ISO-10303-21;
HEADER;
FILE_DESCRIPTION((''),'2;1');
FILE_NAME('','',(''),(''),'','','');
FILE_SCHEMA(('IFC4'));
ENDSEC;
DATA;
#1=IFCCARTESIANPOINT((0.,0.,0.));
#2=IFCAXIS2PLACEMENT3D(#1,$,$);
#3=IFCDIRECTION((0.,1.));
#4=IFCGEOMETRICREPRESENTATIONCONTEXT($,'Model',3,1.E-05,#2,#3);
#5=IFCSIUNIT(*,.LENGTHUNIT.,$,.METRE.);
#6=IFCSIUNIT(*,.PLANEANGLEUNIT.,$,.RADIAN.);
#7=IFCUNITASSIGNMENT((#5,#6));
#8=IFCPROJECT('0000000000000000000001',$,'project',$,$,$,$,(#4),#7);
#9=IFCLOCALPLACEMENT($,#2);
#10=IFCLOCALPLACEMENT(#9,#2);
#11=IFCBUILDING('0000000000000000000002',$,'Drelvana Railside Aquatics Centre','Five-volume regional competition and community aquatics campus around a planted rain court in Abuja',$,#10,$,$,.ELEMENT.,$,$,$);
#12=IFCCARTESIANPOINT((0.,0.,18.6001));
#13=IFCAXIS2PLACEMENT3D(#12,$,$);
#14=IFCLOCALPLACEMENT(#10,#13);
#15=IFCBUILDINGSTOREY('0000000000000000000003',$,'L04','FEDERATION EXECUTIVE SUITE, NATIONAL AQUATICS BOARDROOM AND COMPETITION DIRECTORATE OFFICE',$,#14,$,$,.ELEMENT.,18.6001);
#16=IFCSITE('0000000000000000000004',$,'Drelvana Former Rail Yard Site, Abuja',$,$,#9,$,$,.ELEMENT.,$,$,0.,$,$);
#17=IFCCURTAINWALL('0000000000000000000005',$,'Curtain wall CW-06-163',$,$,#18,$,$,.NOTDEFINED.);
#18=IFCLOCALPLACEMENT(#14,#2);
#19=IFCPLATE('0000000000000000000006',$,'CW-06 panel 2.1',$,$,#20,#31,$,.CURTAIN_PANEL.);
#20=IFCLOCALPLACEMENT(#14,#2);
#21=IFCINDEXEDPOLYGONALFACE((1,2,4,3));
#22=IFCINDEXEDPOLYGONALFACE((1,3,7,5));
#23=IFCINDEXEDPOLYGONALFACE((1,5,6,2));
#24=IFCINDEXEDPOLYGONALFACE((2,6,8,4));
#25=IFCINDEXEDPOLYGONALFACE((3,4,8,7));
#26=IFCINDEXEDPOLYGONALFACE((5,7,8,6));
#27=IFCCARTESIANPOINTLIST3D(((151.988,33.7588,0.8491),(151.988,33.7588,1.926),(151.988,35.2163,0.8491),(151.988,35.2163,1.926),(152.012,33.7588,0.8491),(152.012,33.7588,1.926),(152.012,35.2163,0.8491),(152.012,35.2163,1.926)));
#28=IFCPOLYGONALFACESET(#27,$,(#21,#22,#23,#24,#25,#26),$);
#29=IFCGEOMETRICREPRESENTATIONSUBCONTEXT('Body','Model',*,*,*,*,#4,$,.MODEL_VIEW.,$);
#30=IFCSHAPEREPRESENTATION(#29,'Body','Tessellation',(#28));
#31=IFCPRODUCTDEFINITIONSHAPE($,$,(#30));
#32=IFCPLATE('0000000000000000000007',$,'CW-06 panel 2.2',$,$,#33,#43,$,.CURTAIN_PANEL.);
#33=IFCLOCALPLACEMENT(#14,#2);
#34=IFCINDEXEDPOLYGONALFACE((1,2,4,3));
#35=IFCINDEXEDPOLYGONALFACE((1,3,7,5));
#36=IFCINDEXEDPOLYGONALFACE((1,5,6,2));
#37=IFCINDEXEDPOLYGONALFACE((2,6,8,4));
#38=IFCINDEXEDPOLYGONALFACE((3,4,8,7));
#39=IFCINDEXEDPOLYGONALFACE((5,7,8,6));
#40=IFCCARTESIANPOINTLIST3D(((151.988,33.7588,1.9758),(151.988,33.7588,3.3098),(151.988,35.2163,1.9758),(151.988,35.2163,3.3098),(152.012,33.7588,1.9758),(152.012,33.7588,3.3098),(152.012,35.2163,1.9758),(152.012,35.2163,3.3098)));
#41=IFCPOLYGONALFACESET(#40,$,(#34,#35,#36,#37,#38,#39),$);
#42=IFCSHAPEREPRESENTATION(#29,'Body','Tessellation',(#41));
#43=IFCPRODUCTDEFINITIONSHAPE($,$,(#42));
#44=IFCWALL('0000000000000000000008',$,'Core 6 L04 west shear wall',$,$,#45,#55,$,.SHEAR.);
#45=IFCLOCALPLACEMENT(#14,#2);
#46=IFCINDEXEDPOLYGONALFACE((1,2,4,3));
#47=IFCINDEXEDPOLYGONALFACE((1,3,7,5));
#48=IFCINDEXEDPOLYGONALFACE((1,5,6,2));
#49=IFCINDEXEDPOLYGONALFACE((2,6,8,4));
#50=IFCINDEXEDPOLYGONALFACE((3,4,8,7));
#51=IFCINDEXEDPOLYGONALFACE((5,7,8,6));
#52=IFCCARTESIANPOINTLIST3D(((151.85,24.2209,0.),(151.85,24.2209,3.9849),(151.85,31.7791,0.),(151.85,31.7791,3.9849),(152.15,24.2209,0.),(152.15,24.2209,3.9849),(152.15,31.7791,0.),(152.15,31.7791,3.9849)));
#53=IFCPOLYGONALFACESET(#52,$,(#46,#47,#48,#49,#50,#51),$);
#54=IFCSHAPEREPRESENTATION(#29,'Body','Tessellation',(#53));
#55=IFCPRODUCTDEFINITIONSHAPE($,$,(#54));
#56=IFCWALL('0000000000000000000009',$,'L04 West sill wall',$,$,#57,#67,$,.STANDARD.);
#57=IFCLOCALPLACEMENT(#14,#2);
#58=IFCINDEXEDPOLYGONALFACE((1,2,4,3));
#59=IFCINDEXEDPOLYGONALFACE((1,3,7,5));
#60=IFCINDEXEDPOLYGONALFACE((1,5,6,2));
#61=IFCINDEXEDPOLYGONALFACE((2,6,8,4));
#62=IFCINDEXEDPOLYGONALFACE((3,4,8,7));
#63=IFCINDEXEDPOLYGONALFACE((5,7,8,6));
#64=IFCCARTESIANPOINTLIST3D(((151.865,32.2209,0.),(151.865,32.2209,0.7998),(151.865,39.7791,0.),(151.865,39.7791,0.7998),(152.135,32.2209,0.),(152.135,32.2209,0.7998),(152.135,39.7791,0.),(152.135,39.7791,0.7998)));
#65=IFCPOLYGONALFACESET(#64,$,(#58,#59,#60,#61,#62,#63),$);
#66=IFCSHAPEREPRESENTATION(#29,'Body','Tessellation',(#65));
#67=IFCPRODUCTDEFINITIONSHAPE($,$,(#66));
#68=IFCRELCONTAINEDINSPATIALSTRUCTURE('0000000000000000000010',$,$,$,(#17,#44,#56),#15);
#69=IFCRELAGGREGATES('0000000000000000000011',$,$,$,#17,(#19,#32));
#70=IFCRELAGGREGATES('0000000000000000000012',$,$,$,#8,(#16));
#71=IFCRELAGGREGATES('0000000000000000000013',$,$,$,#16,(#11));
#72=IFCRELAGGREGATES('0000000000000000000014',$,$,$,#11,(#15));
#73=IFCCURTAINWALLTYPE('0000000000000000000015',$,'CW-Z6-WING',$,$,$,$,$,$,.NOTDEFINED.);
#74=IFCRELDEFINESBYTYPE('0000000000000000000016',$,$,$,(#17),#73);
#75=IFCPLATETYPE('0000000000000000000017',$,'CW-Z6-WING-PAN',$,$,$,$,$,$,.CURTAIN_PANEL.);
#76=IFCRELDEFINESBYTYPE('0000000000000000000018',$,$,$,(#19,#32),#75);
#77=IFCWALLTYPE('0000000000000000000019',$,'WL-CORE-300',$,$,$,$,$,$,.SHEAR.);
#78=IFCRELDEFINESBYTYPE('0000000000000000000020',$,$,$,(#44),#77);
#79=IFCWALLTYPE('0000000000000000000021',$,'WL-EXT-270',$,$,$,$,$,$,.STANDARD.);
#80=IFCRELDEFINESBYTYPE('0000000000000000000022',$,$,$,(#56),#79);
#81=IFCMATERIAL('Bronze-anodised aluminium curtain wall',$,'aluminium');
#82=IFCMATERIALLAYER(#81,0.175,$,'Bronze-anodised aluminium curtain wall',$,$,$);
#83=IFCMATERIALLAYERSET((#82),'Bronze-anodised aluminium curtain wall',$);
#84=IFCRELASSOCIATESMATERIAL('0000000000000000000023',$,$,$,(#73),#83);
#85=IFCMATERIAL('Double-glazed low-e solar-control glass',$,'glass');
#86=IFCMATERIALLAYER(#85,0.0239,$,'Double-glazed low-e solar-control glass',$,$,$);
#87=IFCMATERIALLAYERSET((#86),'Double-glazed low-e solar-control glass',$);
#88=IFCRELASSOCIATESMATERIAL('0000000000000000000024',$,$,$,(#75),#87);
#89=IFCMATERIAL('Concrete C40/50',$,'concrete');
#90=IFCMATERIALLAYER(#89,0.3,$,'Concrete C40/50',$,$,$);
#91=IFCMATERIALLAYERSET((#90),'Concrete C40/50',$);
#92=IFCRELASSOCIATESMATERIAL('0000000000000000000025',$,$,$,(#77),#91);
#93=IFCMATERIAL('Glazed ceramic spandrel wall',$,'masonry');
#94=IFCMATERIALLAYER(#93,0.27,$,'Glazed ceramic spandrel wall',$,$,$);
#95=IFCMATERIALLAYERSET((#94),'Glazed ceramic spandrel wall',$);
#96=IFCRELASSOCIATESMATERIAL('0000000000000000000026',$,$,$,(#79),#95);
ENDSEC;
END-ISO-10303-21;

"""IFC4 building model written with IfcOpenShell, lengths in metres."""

from ifc_helpers import new_model, si_unit, direction, frame, frame_2d, origin, origin_2d, place, context, subcontext, project, spatial, rectangle, extrude, material, layer, layer_set, type_object, element, aggregate, save


model = new_model("IFC4")

# Units and contexts
model_context = context("Model", 3, precision=1e-05, world=origin(), true_north=direction((0.0, 1.0)))
body_context = subcontext(model_context, "Body", "Model", "MODEL_VIEW")
ifc_project = project(units=[si_unit("LENGTHUNIT", "METRE"), si_unit("PLANEANGLEUNIT", "RADIAN")], contexts=[model_context])

# Site, building, storey
site_placement = place(None, origin())
site = spatial("IfcSite", under=ifc_project, at=site_placement, Name="Drelvana Former Rail Yard Site, Abuja", CompositionType="ELEMENT", RefElevation=0.0)
building_placement = place(site_placement, origin())
building = spatial("IfcBuilding", under=site, at=building_placement, Name="Drelvana Railside Aquatics Centre", Description="Five-volume regional competition and community aquatics campus around a planted rain court in Abuja", CompositionType="ELEMENT")
storey_placement = place(building_placement, frame((0.0, 0.0, 18.6001)))
storey = spatial("IfcBuildingStorey", under=building, at=storey_placement, Name="L04", Description="FEDERATION EXECUTIVE SUITE, NATIONAL AQUATICS BOARDROOM AND COMPETITION DIRECTORATE OFFICE", CompositionType="ELEMENT", Elevation=18.6001)

# Shared definitions
ifc_material_1 = material(Name="Concrete C40/50", Category="concrete")

# Curtain wall
ifc_material_2 = material(Name="Bronze-anodised aluminium curtain wall", Category="aluminium")
ifc_layer_1 = layer(ifc_material_2, 0.175, Name="Bronze-anodised aluminium curtain wall")
ifc_layer_set_1 = layer_set([ifc_layer_1], Name="Bronze-anodised aluminium curtain wall")
curtain_wall_type = type_object("IfcCurtainWallType", Name="CW-Z6-WING", PredefinedType="NOTDEFINED", material=ifc_layer_set_1)
curtain_wall_placement = place(storey_placement, origin())
curtain_wall = element("IfcCurtainWall", 1, at=curtain_wall_placement, inside=storey, type_object=curtain_wall_type, Name="Curtain wall CW-06-163", PredefinedType="NOTDEFINED")

# Plates
ifc_material_3 = material(Name="Double-glazed low-e solar-control glass", Category="glass")
ifc_layer_2 = layer(ifc_material_3, 0.0239, Name="Double-glazed low-e solar-control glass")
ifc_layer_set_2 = layer_set([ifc_layer_2], Name="Double-glazed low-e solar-control glass")
plate_type = type_object("IfcPlateType", Name="CW-Z6-WING-PAN", PredefinedType="CURTAIN_PANEL", material=ifc_layer_set_2)
plate_1_placement = place(storey_placement, frame((152.0, 34.4875, 0.8491), z_axis=(0.0, 0.0, 1.0), x_axis=(0.0, 1.0, 0.0)))
plate_1 = element("IfcPlate", 2, at=plate_1_placement, type_object=plate_type, Name="CW-06 panel 2.1", PredefinedType="CURTAIN_PANEL", context=body_context, shape_type="SweptSolid", body=[
    extrude(rectangle(XDim=1.4575, YDim=0.0239, at=origin_2d()), origin(), (0.0, 0.0, 1.0), 1.0769),
])
plate_2_placement = place(storey_placement, frame((152.0, 34.4875, 1.9758), z_axis=(0.0, 0.0, 1.0), x_axis=(0.0, 1.0, 0.0)))
plate_2 = element("IfcPlate", 3, at=plate_2_placement, type_object=plate_type, Name="CW-06 panel 2.2", PredefinedType="CURTAIN_PANEL", context=body_context, shape_type="SweptSolid", body=[
    extrude(rectangle(XDim=1.4575, YDim=0.0239, at=origin_2d()), origin(), (0.0, 0.0, 1.0), 1.334),
])
aggregate(curtain_wall, [plate_1, plate_2])

# Walls
ifc_layer_3 = layer(ifc_material_1, 0.3, Name="Concrete C40/50")
ifc_layer_set_3 = layer_set([ifc_layer_3], Name="Concrete C40/50")
wall_type_1 = type_object("IfcWallType", Name="WL-CORE-300", PredefinedType="SHEAR", material=ifc_layer_set_3)
wall_1_placement = place(storey_placement, frame((152.0, 24.2209, 0.0), z_axis=(0.0, 0.0, 1.0), x_axis=(0.0, 1.0, 0.0)))
element("IfcWall", 4, at=wall_1_placement, inside=storey, type_object=wall_type_1, Name="Core 6 L04 west shear wall", PredefinedType="SHEAR", context=body_context, shape_type="SweptSolid", body=[
    extrude(rectangle(XDim=7.5581, YDim=0.3, at=frame_2d((3.7791, 0.0))), origin(), (0.0, 0.0, 1.0), 3.9849),
])
ifc_material_4 = material(Name="Glazed ceramic spandrel wall", Category="masonry")
ifc_layer_4 = layer(ifc_material_4, 0.27, Name="Glazed ceramic spandrel wall")
ifc_layer_set_4 = layer_set([ifc_layer_4], Name="Glazed ceramic spandrel wall")
wall_type_2 = type_object("IfcWallType", Name="WL-EXT-270", PredefinedType="STANDARD", material=ifc_layer_set_4)
wall_2_placement = place(storey_placement, frame((152.0, 32.2209, 0.0), z_axis=(0.0, 0.0, 1.0), x_axis=(0.0, 1.0, 0.0)))
element("IfcWall", 5, at=wall_2_placement, inside=storey, type_object=wall_type_2, Name="L04 West sill wall", PredefinedType="STANDARD", context=body_context, shape_type="SweptSolid", body=[
    extrude(rectangle(XDim=7.5581, YDim=0.27, at=frame_2d((3.7791, 0.0))), origin(), (0.0, 0.0, 1.0), 0.7998),
])

save(model, "model.ifc")
